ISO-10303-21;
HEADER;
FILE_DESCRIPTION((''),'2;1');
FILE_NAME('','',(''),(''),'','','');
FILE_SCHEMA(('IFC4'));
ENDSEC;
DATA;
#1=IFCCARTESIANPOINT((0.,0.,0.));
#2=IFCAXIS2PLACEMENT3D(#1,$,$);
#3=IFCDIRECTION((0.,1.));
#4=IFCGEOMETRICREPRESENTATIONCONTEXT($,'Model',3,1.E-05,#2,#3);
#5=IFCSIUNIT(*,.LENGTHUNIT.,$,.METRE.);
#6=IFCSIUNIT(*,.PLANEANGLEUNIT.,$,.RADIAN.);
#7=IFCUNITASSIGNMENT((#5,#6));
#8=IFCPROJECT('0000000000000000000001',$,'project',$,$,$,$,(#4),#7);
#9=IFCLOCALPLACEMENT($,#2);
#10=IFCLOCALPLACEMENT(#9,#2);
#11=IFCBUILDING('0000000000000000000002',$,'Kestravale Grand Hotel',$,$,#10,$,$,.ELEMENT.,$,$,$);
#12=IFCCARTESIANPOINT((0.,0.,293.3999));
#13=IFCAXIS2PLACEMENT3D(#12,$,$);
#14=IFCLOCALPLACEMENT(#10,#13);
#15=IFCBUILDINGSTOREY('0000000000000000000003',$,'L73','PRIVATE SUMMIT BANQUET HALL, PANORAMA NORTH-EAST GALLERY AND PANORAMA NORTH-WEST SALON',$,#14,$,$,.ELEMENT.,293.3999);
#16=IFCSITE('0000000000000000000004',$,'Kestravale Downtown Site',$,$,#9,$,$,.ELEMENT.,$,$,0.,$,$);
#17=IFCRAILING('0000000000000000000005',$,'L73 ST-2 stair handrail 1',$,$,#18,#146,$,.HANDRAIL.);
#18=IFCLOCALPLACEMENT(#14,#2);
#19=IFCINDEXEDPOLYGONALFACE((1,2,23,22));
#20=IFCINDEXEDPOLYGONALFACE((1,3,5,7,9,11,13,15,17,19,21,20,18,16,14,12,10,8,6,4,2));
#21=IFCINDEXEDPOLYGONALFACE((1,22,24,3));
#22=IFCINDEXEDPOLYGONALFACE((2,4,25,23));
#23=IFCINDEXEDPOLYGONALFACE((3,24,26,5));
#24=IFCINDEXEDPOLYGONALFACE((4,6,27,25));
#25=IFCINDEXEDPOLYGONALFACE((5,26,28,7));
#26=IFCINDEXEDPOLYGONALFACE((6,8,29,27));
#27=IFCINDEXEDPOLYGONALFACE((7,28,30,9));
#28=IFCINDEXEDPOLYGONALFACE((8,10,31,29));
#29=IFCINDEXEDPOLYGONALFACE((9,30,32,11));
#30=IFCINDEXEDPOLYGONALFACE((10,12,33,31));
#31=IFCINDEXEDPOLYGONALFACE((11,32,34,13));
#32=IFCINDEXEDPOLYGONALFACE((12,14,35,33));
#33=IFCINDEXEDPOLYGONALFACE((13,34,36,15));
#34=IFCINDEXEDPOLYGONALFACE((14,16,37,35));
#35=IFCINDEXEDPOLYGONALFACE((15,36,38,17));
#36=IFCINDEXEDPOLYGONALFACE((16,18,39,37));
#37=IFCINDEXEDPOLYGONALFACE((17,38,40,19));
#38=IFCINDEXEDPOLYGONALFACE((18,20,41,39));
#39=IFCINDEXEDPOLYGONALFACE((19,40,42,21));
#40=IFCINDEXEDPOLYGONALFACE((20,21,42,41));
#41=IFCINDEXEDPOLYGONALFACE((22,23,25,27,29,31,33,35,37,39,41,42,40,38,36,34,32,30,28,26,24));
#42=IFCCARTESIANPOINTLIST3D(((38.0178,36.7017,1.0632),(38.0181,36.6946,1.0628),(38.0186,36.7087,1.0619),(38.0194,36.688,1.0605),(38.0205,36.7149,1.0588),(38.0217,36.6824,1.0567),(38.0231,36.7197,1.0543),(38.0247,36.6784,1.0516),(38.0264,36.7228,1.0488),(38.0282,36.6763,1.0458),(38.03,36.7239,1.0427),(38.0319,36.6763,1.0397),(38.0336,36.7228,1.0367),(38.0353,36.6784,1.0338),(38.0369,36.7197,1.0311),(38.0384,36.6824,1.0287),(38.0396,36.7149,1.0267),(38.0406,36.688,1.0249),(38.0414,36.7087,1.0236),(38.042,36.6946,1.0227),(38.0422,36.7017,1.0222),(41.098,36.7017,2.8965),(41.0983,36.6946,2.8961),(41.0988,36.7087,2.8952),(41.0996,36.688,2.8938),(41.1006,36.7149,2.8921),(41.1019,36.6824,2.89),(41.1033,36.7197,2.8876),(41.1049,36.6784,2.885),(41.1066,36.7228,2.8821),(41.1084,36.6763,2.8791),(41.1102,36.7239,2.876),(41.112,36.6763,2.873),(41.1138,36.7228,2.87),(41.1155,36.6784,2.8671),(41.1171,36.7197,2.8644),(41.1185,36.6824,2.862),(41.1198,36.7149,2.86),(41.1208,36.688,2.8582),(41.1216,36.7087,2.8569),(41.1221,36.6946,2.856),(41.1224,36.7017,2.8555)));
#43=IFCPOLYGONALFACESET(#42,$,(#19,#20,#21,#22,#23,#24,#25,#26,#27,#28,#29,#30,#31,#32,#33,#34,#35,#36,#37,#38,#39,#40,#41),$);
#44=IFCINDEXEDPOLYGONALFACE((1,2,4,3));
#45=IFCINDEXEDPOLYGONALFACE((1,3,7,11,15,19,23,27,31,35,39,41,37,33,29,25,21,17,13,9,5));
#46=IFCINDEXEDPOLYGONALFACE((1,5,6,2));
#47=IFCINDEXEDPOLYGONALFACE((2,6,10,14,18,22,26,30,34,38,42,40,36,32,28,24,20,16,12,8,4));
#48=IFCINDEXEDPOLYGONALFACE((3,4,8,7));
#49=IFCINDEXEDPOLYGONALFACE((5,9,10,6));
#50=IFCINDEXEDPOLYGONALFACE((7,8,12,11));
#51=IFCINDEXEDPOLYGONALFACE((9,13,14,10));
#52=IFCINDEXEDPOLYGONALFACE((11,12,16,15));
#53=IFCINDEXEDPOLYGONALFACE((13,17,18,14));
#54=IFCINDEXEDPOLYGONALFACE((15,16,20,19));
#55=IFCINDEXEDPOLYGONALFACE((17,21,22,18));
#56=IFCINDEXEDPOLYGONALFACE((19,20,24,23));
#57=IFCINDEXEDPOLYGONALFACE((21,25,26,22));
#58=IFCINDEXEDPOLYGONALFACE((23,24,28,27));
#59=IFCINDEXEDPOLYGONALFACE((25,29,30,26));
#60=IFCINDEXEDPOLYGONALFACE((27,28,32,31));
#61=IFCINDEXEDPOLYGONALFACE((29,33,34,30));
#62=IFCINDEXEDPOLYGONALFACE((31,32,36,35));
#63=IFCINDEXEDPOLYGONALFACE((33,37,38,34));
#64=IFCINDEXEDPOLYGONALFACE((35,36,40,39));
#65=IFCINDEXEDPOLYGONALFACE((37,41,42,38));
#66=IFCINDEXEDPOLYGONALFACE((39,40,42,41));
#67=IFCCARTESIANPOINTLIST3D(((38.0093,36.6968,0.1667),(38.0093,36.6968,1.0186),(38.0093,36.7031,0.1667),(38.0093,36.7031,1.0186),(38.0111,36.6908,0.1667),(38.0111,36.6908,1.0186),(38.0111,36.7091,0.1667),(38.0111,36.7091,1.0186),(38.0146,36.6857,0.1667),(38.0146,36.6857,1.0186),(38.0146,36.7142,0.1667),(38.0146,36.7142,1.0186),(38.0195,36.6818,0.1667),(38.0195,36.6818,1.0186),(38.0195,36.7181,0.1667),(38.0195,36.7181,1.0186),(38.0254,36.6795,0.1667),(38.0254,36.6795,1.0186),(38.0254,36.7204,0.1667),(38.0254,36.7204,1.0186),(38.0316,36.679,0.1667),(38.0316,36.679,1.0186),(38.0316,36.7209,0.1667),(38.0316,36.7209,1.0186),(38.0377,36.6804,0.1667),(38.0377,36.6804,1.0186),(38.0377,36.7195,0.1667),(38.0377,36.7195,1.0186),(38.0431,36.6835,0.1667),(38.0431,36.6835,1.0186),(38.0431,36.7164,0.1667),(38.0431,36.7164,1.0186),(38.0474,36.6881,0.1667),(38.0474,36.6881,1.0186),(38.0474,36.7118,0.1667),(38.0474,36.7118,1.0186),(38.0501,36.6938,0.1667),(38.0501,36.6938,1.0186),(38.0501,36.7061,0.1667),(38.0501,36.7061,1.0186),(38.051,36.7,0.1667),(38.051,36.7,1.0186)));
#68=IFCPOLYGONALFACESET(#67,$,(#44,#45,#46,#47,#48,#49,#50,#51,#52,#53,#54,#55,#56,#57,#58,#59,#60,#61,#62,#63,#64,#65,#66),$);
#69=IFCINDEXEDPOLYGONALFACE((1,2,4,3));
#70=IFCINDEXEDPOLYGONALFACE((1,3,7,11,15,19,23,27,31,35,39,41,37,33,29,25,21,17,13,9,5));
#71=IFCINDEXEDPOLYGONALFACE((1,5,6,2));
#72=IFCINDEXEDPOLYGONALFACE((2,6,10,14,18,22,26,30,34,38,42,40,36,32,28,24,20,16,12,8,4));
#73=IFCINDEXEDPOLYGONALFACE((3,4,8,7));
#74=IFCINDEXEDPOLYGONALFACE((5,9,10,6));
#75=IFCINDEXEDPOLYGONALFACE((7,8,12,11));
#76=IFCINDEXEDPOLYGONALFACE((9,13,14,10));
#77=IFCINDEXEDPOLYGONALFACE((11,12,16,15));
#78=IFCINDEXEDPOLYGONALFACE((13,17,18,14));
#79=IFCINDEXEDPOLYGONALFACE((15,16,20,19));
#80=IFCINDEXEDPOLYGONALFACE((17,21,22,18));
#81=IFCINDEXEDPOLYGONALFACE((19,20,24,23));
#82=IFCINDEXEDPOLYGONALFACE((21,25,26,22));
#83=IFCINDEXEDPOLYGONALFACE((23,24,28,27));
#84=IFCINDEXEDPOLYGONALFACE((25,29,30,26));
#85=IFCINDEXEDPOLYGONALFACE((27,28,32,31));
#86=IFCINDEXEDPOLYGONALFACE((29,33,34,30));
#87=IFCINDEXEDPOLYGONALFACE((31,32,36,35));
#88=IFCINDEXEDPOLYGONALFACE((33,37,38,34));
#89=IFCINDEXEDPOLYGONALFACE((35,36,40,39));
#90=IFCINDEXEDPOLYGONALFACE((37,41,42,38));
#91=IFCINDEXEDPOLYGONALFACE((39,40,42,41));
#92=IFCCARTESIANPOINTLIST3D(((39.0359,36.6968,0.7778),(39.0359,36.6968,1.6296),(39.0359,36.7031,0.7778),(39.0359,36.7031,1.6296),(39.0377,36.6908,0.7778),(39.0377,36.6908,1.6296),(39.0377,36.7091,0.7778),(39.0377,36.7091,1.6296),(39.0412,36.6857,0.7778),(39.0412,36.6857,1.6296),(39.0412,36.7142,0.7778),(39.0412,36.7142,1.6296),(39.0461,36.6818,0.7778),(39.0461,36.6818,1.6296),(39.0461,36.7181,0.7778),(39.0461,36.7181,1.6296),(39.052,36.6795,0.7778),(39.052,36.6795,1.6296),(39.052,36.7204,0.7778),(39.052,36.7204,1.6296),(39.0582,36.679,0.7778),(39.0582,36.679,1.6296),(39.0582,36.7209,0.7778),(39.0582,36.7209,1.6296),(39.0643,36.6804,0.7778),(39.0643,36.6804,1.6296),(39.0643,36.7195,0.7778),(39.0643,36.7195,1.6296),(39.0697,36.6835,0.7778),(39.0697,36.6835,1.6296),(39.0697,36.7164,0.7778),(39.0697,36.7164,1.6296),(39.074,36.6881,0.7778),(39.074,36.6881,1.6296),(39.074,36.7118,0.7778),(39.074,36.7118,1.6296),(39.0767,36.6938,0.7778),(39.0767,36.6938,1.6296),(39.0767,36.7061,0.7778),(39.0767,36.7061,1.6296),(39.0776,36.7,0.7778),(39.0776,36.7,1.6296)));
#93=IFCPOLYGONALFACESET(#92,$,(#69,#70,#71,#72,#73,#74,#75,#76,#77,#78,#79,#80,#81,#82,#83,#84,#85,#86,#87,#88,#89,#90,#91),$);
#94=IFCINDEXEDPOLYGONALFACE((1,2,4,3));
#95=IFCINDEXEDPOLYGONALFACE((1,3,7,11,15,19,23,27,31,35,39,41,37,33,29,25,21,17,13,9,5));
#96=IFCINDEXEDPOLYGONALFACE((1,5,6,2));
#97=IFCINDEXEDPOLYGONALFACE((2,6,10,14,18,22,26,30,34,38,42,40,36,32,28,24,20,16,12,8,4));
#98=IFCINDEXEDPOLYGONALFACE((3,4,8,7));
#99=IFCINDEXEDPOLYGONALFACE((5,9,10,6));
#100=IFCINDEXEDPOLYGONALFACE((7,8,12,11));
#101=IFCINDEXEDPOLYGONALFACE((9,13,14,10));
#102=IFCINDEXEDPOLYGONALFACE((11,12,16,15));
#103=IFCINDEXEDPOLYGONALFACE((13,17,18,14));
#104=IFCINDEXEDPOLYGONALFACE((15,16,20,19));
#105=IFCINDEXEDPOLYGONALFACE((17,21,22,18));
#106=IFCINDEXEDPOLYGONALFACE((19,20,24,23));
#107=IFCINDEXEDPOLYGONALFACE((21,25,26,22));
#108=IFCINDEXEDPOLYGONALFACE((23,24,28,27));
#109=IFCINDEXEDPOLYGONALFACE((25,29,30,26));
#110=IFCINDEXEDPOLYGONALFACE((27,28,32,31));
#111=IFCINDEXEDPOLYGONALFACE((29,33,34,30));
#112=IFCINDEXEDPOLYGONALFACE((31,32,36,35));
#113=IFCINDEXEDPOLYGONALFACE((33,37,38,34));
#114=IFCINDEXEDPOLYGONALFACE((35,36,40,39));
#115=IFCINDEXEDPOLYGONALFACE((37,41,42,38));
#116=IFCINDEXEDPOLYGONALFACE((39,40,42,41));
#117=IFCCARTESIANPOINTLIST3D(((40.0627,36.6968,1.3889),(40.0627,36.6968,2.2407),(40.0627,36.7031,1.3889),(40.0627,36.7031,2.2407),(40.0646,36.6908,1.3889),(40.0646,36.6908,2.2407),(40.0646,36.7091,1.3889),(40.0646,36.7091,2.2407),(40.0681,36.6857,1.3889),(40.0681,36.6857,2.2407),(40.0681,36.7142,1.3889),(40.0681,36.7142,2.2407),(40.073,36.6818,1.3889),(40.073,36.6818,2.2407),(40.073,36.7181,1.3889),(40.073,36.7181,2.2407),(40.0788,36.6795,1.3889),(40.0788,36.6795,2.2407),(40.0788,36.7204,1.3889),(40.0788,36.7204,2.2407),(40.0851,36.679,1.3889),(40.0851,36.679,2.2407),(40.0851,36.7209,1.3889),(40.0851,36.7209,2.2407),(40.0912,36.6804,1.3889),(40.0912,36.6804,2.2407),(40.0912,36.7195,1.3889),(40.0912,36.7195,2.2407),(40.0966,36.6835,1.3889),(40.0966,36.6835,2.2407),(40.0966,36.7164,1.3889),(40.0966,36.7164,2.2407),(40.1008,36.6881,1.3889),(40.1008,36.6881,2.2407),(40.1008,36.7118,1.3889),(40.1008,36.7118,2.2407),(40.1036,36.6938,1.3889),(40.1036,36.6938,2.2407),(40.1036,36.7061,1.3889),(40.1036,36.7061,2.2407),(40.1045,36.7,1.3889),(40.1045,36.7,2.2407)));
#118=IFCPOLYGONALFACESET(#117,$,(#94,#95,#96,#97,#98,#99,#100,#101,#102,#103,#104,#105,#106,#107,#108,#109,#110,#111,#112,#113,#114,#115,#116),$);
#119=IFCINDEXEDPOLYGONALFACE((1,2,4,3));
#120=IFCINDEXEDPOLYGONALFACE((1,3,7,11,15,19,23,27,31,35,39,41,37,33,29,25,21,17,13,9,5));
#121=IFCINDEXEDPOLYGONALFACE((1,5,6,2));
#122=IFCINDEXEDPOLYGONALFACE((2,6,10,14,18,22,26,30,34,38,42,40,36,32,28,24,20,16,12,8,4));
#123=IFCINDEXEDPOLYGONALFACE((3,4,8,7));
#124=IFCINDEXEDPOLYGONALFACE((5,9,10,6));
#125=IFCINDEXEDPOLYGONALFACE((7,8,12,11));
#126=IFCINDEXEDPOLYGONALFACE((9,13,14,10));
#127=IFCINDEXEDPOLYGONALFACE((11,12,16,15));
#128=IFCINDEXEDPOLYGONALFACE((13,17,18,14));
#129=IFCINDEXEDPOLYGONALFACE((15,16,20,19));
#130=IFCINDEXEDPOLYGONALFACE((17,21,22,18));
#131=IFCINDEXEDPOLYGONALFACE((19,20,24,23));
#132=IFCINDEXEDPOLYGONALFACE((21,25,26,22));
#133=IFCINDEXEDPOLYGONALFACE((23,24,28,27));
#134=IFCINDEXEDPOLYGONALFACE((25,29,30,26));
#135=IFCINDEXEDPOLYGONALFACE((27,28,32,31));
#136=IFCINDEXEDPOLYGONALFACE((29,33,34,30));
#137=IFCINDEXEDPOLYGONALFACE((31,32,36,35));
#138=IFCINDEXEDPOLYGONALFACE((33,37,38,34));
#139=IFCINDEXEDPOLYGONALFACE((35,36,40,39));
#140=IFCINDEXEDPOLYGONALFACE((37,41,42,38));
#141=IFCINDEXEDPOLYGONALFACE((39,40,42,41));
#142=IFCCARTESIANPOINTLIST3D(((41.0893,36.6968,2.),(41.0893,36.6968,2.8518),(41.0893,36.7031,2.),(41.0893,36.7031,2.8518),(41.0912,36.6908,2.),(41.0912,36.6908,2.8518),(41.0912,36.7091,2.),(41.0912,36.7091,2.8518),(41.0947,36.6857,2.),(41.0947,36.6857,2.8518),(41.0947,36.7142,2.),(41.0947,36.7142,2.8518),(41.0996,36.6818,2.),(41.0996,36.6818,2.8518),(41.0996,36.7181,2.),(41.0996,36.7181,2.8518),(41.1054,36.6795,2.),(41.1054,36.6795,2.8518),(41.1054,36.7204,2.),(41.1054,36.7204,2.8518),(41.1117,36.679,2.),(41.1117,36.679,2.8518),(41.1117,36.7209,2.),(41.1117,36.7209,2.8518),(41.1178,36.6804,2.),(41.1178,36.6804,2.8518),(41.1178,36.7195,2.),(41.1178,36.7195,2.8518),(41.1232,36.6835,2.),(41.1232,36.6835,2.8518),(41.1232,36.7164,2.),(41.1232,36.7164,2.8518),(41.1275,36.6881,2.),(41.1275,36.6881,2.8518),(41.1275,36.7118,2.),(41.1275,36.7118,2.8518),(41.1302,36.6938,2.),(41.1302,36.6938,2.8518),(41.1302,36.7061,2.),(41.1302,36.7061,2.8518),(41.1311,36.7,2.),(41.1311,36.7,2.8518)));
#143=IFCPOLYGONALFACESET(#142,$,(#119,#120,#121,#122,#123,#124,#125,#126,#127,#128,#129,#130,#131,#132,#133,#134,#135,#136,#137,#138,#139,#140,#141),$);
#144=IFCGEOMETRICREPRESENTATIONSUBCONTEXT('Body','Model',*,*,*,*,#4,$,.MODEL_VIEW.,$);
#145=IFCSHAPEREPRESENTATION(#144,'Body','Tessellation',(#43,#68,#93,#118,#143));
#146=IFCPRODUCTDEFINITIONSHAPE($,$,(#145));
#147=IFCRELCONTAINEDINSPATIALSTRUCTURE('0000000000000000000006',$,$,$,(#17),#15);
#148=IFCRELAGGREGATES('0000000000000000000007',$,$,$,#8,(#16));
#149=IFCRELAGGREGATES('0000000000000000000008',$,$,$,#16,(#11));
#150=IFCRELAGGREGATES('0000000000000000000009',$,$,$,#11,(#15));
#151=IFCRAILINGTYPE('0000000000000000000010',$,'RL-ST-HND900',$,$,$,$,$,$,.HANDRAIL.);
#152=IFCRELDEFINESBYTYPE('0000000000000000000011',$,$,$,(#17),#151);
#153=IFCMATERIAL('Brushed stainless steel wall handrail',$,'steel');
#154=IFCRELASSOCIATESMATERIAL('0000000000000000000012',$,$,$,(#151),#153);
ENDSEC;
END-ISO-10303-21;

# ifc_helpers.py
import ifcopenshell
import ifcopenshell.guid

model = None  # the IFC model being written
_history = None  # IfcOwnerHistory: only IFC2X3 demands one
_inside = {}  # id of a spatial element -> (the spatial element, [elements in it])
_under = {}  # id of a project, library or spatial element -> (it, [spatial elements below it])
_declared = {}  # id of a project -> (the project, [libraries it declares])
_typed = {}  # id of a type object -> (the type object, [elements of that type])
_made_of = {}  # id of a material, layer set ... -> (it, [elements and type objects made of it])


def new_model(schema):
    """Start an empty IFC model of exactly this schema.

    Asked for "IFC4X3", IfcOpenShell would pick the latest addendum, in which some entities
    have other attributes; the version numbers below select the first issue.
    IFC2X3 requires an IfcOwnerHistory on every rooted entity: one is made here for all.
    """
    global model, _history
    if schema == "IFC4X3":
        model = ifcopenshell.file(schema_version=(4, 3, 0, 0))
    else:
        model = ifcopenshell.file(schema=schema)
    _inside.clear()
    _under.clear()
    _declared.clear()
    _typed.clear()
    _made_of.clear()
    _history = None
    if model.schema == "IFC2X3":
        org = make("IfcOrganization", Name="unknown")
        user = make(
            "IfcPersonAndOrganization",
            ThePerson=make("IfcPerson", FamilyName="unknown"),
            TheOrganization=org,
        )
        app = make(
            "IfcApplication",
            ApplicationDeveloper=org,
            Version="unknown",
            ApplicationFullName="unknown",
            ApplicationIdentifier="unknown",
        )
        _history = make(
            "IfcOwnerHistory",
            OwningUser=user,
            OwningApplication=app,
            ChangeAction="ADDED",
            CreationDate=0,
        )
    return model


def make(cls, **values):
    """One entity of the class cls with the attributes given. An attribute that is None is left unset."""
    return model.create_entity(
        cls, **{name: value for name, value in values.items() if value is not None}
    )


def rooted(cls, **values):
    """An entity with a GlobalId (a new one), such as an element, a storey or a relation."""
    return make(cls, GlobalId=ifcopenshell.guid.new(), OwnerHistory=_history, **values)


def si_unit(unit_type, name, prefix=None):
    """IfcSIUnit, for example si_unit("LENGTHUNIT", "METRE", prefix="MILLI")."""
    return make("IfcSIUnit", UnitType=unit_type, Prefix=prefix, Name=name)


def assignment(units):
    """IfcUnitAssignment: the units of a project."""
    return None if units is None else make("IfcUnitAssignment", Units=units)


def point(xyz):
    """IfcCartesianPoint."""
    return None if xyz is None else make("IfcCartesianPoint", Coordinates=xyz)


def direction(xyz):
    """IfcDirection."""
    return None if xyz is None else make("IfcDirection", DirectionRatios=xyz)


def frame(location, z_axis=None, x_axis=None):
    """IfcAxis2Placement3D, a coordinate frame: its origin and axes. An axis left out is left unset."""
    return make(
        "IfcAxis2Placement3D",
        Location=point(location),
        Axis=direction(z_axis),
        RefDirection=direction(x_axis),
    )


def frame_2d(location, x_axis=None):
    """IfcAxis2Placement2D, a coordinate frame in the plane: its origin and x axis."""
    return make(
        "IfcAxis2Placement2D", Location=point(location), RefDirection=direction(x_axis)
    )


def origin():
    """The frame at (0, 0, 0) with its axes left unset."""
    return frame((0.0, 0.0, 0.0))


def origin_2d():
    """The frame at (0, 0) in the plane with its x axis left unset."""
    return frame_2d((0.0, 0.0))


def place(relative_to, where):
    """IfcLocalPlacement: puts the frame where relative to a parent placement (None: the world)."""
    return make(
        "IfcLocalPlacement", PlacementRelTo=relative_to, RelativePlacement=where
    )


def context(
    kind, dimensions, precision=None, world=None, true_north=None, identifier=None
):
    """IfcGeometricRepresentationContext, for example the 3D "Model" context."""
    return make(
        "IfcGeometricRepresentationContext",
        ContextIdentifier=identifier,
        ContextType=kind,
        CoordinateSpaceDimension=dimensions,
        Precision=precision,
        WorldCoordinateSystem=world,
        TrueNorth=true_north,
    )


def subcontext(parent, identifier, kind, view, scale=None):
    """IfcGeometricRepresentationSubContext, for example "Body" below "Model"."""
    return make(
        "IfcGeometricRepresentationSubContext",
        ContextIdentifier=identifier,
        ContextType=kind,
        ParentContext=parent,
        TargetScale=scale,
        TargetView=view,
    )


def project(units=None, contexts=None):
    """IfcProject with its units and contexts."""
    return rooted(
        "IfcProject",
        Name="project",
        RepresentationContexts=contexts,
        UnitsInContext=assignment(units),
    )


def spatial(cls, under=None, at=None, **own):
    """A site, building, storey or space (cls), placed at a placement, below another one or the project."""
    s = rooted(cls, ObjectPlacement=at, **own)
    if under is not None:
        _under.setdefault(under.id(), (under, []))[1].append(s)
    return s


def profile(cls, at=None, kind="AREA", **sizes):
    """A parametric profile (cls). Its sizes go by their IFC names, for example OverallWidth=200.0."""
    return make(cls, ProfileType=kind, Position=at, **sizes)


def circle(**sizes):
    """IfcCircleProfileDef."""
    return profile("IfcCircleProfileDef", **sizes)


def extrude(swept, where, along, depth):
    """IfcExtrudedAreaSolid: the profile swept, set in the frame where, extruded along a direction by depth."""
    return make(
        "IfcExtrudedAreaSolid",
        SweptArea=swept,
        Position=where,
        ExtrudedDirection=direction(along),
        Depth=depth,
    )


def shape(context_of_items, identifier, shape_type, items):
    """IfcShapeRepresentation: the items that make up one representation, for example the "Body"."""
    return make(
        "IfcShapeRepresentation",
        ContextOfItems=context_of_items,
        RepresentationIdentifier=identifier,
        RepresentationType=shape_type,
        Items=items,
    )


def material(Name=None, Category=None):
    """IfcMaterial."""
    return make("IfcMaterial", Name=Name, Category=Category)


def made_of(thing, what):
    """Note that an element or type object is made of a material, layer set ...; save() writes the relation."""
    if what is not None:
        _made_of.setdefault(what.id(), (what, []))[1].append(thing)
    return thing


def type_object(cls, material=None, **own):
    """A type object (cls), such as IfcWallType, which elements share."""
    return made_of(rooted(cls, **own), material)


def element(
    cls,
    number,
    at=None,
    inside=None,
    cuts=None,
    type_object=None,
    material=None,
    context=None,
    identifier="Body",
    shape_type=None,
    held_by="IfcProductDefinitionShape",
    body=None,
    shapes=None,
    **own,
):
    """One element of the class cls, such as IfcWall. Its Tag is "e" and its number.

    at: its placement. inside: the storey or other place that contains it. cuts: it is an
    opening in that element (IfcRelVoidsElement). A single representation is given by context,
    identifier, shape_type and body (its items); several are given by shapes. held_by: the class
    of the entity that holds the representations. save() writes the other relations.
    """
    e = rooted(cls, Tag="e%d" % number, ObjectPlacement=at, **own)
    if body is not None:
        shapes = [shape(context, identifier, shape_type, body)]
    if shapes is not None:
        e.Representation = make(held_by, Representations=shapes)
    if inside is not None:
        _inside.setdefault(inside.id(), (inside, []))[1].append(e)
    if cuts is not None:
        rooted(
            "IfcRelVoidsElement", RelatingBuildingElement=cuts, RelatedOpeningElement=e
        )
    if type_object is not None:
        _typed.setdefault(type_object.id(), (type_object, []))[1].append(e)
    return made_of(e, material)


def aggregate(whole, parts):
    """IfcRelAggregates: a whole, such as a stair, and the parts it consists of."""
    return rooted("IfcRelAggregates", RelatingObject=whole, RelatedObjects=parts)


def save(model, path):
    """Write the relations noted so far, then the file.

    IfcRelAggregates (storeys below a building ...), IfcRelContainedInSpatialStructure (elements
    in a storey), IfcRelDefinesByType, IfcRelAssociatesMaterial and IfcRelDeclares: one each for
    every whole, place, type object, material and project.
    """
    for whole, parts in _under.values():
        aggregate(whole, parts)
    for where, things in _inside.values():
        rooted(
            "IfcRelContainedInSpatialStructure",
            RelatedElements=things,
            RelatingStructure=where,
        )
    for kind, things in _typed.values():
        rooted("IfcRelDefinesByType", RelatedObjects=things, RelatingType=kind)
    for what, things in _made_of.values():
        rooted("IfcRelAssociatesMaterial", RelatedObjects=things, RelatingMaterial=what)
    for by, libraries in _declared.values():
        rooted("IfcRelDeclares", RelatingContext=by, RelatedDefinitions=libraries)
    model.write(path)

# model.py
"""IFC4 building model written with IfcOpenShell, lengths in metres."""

from ifc_helpers import new_model, si_unit, direction, frame, origin, origin_2d, place, context, subcontext, project, spatial, circle, extrude, material, type_object, element, save


model = new_model("IFC4")

# Units and contexts
model_context = context("Model", 3, precision=1e-05, world=origin(), true_north=direction((0.0, 1.0)))
body_context = subcontext(model_context, "Body", "Model", "MODEL_VIEW")
ifc_project = project(units=[si_unit("LENGTHUNIT", "METRE"), si_unit("PLANEANGLEUNIT", "RADIAN")], contexts=[model_context])

# Site, building, storey
site_placement = place(None, origin())
site = spatial("IfcSite", under=ifc_project, at=site_placement, Name="Kestravale Downtown Site", CompositionType="ELEMENT", RefElevation=0.0)
building_placement = place(site_placement, origin())
building = spatial("IfcBuilding", under=site, at=building_placement, Name="Kestravale Grand Hotel", CompositionType="ELEMENT")
storey_placement = place(building_placement, frame((0.0, 0.0, 293.3999)))
storey = spatial("IfcBuildingStorey", under=building, at=storey_placement, Name="L73", Description="PRIVATE SUMMIT BANQUET HALL, PANORAMA NORTH-EAST GALLERY AND PANORAMA NORTH-WEST SALON", CompositionType="ELEMENT", Elevation=293.3999)

# Railing
ifc_material_1 = material(Name="Brushed stainless steel wall handrail", Category="steel")
railing_type_1 = type_object("IfcRailingType", Name="RL-ST-HND900", PredefinedType="HANDRAIL", material=ifc_material_1)
railing_1_placement = place(storey_placement, frame((38.03, 36.7, 0.1667)))
element("IfcRailing", 1, at=railing_1_placement, inside=storey, type_object=railing_type_1, Name="L73 ST-2 stair handrail 1", PredefinedType="HANDRAIL", context=body_context, shape_type="SweptSolid", body=[
    extrude(circle(Radius=0.0239, at=origin_2d()), frame((0.0, 0.0, 0.876), z_axis=(0.859309, 0.0, 0.511458), x_axis=(0.0, 1.0, 0.0)), (0.0, 0.0, 1.0), 3.5845),
    extrude(circle(Radius=0.021, at=origin_2d()), origin(), (0.0, 0.0, 1.0), 0.8518),
    extrude(circle(Radius=0.021, at=origin_2d()), frame((1.0266, 0.0, 0.6111)), (0.0, 0.0, 1.0), 0.8518),
    extrude(circle(Radius=0.021, at=origin_2d()), frame((2.0535, 0.0, 1.2222)), (0.0, 0.0, 1.0), 0.8518),
    extrude(circle(Radius=0.021, at=origin_2d()), frame((3.0801, 0.0, 1.8333)), (0.0, 0.0, 1.0), 0.8518),
])

save(model, "model.ifc")
